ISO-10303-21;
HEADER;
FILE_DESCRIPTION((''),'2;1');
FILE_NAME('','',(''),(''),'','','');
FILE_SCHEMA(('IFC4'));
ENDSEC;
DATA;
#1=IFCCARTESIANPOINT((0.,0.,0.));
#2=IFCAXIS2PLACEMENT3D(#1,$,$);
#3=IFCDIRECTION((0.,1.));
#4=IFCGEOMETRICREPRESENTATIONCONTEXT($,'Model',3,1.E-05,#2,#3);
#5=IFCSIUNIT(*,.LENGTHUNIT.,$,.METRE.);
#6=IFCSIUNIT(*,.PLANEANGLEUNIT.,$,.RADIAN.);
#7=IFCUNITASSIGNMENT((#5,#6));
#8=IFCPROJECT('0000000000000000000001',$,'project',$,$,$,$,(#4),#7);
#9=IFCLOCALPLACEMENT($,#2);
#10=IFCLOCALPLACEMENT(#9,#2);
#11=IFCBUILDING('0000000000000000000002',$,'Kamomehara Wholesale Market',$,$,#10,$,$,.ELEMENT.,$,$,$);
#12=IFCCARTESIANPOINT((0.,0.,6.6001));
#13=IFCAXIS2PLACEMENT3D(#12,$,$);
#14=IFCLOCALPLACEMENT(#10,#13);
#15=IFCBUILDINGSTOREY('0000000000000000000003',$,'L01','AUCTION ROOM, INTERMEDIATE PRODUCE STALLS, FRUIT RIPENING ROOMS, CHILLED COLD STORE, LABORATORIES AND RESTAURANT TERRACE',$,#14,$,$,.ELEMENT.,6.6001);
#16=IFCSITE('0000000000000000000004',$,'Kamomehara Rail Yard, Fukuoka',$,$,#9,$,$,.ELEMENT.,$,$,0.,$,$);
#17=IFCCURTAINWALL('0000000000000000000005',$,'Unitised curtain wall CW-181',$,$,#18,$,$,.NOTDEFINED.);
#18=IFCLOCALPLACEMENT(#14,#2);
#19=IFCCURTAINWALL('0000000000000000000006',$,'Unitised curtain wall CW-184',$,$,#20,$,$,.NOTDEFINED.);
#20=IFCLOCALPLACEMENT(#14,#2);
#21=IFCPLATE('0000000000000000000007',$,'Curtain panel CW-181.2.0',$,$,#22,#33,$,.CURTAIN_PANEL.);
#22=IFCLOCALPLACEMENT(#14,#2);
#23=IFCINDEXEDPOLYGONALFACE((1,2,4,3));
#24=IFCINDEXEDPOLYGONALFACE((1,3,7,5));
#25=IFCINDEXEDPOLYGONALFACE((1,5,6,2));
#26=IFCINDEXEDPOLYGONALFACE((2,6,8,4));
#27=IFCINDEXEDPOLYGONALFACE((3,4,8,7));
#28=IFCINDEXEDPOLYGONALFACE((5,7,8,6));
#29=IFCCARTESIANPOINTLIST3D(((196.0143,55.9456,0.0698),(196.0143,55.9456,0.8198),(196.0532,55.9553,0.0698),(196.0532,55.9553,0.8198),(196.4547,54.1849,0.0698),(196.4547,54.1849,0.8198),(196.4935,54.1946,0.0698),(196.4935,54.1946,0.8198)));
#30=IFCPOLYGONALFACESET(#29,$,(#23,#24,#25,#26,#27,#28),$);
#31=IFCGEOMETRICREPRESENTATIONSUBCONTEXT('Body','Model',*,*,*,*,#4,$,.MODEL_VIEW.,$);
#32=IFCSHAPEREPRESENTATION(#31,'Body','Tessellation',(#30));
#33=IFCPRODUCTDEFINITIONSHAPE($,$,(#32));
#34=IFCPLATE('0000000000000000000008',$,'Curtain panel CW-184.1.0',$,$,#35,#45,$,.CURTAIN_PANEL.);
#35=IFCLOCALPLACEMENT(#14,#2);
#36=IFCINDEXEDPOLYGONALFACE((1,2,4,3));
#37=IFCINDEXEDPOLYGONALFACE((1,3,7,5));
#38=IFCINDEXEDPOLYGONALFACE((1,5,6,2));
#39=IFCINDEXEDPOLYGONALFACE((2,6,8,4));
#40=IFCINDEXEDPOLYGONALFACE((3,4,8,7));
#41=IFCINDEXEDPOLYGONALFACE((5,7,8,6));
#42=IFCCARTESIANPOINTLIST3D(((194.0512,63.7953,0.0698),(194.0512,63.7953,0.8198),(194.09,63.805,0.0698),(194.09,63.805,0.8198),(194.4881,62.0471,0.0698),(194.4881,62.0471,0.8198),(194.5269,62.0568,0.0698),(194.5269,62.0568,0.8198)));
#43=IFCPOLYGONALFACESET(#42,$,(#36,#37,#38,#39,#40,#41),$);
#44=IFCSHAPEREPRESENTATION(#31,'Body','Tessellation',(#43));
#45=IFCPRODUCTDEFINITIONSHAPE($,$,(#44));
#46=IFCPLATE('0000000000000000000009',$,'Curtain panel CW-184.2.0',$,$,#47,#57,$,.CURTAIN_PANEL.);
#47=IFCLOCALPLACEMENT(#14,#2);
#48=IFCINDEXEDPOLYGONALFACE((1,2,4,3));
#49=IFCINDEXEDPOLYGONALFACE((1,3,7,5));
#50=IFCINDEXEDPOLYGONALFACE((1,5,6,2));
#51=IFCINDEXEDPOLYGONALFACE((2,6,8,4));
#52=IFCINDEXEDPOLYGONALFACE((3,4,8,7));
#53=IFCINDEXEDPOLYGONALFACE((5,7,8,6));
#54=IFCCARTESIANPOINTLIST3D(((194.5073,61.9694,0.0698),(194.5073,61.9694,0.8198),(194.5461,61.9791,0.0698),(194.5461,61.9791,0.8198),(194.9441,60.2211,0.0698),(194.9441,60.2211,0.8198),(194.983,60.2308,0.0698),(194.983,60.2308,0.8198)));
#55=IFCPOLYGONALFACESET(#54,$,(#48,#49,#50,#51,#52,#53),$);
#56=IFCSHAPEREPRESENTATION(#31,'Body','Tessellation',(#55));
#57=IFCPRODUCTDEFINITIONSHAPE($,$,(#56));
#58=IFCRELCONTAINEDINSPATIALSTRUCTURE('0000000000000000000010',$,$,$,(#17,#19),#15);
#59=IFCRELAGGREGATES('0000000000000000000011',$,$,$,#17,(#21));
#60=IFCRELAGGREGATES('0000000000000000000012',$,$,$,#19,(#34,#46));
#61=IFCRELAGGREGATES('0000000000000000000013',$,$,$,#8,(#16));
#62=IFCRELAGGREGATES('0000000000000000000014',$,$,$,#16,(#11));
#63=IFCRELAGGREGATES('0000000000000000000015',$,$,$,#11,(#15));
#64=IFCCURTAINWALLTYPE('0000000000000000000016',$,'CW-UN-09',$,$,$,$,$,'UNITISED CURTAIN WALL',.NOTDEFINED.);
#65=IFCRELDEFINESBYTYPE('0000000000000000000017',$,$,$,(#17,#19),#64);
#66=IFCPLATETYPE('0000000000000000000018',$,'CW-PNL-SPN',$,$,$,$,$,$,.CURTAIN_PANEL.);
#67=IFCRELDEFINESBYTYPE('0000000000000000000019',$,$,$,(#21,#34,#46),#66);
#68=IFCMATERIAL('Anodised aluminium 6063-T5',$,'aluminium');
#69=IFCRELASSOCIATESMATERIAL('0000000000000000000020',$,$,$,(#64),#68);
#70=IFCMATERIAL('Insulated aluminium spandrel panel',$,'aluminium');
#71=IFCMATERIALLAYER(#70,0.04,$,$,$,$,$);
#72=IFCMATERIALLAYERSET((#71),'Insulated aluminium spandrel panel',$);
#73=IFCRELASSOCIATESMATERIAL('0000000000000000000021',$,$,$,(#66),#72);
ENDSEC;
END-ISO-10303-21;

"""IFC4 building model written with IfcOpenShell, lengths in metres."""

from ifc_helpers import new_model, si_unit, direction, frame, origin, origin_2d, place, context, subcontext, project, spatial, rectangle, extrude, material, layer, layer_set, type_object, element, aggregate, save


model = new_model("IFC4")

# Units and contexts
model_context = context("Model", 3, precision=1e-05, world=origin(), true_north=direction((0.0, 1.0)))
body_context = subcontext(model_context, "Body", "Model", "MODEL_VIEW")
ifc_project = project(units=[si_unit("LENGTHUNIT", "METRE"), si_unit("PLANEANGLEUNIT", "RADIAN")], contexts=[model_context])

# Site, building, storey
site_placement = place(None, origin())
site = spatial("IfcSite", under=ifc_project, at=site_placement, Name="Kamomehara Rail Yard, Fukuoka", CompositionType="ELEMENT", RefElevation=0.0)
building_placement = place(site_placement, origin())
building = spatial("IfcBuilding", under=site, at=building_placement, Name="Kamomehara Wholesale Market", CompositionType="ELEMENT")
storey_placement = place(building_placement, frame((0.0, 0.0, 6.6001)))
storey = spatial("IfcBuildingStorey", under=building, at=storey_placement, Name="L01", Description="AUCTION ROOM, INTERMEDIATE PRODUCE STALLS, FRUIT RIPENING ROOMS, CHILLED COLD STORE, LABORATORIES AND RESTAURANT TERRACE", CompositionType="ELEMENT", Elevation=6.6001)

# Curtain walls
ifc_material_1 = material(Name="Anodised aluminium 6063-T5", Category="aluminium")
curtain_wall_type = type_object("IfcCurtainWallType", Name="CW-UN-09", ElementType="UNITISED CURTAIN WALL", PredefinedType="NOTDEFINED", material=ifc_material_1)
curtain_wall_1_placement = place(storey_placement, origin())
curtain_wall_1 = element("IfcCurtainWall", 1, at=curtain_wall_1_placement, inside=storey, type_object=curtain_wall_type, Name="Unitised curtain wall CW-181", PredefinedType="NOTDEFINED")
curtain_wall_2_placement = place(storey_placement, origin())
curtain_wall_2 = element("IfcCurtainWall", 2, at=curtain_wall_2_placement, inside=storey, type_object=curtain_wall_type, Name="Unitised curtain wall CW-184", PredefinedType="NOTDEFINED")

# Plates
ifc_material_2 = material(Name="Insulated aluminium spandrel panel", Category="aluminium")
ifc_layer_1 = layer(ifc_material_2, 0.04)
ifc_layer_set_1 = layer_set([ifc_layer_1], Name="Insulated aluminium spandrel panel")
plate_type_1 = type_object("IfcPlateType", Name="CW-PNL-SPN", PredefinedType="CURTAIN_PANEL", material=ifc_layer_set_1)
plate_1_placement = place(storey_placement, frame((196.2539, 55.0701, 0.0698), z_axis=(0.0, 0.0, 1.0), x_axis=(0.242616, -0.970122, 0.0)))
plate_1 = element("IfcPlate", 3, at=plate_1_placement, type_object=plate_type_1, Name="Curtain panel CW-181.2.0", PredefinedType="CURTAIN_PANEL", context=body_context, shape_type="SweptSolid", body=[
    extrude(rectangle(XDim=1.8149, YDim=0.04, at=origin_2d()), origin(), (0.0, 0.0, 1.0), 0.75),
])
aggregate(curtain_wall_1, [plate_1])
plate_2_placement = place(storey_placement, frame((194.2891, 62.926, 0.0698), z_axis=(0.0, 0.0, 1.0), x_axis=(0.242447, -0.970165, 0.0)))
plate_2 = element("IfcPlate", 4, at=plate_2_placement, type_object=plate_type_1, Name="Curtain panel CW-184.1.0", PredefinedType="CURTAIN_PANEL", context=body_context, shape_type="SweptSolid", body=[
    extrude(rectangle(XDim=1.802, YDim=0.04, at=origin_2d()), origin(), (0.0, 0.0, 1.0), 0.75),
])
plate_3_placement = place(storey_placement, frame((194.7451, 61.1001, 0.0698), z_axis=(0.0, 0.0, 1.0), x_axis=(0.242447, -0.970165, 0.0)))
plate_3 = element("IfcPlate", 5, at=plate_3_placement, type_object=plate_type_1, Name="Curtain panel CW-184.2.0", PredefinedType="CURTAIN_PANEL", context=body_context, shape_type="SweptSolid", body=[
    extrude(rectangle(XDim=1.802, YDim=0.04, at=origin_2d()), origin(), (0.0, 0.0, 1.0), 0.75),
])
aggregate(curtain_wall_2, [plate_2, plate_3])

save(model, "model.ifc")
